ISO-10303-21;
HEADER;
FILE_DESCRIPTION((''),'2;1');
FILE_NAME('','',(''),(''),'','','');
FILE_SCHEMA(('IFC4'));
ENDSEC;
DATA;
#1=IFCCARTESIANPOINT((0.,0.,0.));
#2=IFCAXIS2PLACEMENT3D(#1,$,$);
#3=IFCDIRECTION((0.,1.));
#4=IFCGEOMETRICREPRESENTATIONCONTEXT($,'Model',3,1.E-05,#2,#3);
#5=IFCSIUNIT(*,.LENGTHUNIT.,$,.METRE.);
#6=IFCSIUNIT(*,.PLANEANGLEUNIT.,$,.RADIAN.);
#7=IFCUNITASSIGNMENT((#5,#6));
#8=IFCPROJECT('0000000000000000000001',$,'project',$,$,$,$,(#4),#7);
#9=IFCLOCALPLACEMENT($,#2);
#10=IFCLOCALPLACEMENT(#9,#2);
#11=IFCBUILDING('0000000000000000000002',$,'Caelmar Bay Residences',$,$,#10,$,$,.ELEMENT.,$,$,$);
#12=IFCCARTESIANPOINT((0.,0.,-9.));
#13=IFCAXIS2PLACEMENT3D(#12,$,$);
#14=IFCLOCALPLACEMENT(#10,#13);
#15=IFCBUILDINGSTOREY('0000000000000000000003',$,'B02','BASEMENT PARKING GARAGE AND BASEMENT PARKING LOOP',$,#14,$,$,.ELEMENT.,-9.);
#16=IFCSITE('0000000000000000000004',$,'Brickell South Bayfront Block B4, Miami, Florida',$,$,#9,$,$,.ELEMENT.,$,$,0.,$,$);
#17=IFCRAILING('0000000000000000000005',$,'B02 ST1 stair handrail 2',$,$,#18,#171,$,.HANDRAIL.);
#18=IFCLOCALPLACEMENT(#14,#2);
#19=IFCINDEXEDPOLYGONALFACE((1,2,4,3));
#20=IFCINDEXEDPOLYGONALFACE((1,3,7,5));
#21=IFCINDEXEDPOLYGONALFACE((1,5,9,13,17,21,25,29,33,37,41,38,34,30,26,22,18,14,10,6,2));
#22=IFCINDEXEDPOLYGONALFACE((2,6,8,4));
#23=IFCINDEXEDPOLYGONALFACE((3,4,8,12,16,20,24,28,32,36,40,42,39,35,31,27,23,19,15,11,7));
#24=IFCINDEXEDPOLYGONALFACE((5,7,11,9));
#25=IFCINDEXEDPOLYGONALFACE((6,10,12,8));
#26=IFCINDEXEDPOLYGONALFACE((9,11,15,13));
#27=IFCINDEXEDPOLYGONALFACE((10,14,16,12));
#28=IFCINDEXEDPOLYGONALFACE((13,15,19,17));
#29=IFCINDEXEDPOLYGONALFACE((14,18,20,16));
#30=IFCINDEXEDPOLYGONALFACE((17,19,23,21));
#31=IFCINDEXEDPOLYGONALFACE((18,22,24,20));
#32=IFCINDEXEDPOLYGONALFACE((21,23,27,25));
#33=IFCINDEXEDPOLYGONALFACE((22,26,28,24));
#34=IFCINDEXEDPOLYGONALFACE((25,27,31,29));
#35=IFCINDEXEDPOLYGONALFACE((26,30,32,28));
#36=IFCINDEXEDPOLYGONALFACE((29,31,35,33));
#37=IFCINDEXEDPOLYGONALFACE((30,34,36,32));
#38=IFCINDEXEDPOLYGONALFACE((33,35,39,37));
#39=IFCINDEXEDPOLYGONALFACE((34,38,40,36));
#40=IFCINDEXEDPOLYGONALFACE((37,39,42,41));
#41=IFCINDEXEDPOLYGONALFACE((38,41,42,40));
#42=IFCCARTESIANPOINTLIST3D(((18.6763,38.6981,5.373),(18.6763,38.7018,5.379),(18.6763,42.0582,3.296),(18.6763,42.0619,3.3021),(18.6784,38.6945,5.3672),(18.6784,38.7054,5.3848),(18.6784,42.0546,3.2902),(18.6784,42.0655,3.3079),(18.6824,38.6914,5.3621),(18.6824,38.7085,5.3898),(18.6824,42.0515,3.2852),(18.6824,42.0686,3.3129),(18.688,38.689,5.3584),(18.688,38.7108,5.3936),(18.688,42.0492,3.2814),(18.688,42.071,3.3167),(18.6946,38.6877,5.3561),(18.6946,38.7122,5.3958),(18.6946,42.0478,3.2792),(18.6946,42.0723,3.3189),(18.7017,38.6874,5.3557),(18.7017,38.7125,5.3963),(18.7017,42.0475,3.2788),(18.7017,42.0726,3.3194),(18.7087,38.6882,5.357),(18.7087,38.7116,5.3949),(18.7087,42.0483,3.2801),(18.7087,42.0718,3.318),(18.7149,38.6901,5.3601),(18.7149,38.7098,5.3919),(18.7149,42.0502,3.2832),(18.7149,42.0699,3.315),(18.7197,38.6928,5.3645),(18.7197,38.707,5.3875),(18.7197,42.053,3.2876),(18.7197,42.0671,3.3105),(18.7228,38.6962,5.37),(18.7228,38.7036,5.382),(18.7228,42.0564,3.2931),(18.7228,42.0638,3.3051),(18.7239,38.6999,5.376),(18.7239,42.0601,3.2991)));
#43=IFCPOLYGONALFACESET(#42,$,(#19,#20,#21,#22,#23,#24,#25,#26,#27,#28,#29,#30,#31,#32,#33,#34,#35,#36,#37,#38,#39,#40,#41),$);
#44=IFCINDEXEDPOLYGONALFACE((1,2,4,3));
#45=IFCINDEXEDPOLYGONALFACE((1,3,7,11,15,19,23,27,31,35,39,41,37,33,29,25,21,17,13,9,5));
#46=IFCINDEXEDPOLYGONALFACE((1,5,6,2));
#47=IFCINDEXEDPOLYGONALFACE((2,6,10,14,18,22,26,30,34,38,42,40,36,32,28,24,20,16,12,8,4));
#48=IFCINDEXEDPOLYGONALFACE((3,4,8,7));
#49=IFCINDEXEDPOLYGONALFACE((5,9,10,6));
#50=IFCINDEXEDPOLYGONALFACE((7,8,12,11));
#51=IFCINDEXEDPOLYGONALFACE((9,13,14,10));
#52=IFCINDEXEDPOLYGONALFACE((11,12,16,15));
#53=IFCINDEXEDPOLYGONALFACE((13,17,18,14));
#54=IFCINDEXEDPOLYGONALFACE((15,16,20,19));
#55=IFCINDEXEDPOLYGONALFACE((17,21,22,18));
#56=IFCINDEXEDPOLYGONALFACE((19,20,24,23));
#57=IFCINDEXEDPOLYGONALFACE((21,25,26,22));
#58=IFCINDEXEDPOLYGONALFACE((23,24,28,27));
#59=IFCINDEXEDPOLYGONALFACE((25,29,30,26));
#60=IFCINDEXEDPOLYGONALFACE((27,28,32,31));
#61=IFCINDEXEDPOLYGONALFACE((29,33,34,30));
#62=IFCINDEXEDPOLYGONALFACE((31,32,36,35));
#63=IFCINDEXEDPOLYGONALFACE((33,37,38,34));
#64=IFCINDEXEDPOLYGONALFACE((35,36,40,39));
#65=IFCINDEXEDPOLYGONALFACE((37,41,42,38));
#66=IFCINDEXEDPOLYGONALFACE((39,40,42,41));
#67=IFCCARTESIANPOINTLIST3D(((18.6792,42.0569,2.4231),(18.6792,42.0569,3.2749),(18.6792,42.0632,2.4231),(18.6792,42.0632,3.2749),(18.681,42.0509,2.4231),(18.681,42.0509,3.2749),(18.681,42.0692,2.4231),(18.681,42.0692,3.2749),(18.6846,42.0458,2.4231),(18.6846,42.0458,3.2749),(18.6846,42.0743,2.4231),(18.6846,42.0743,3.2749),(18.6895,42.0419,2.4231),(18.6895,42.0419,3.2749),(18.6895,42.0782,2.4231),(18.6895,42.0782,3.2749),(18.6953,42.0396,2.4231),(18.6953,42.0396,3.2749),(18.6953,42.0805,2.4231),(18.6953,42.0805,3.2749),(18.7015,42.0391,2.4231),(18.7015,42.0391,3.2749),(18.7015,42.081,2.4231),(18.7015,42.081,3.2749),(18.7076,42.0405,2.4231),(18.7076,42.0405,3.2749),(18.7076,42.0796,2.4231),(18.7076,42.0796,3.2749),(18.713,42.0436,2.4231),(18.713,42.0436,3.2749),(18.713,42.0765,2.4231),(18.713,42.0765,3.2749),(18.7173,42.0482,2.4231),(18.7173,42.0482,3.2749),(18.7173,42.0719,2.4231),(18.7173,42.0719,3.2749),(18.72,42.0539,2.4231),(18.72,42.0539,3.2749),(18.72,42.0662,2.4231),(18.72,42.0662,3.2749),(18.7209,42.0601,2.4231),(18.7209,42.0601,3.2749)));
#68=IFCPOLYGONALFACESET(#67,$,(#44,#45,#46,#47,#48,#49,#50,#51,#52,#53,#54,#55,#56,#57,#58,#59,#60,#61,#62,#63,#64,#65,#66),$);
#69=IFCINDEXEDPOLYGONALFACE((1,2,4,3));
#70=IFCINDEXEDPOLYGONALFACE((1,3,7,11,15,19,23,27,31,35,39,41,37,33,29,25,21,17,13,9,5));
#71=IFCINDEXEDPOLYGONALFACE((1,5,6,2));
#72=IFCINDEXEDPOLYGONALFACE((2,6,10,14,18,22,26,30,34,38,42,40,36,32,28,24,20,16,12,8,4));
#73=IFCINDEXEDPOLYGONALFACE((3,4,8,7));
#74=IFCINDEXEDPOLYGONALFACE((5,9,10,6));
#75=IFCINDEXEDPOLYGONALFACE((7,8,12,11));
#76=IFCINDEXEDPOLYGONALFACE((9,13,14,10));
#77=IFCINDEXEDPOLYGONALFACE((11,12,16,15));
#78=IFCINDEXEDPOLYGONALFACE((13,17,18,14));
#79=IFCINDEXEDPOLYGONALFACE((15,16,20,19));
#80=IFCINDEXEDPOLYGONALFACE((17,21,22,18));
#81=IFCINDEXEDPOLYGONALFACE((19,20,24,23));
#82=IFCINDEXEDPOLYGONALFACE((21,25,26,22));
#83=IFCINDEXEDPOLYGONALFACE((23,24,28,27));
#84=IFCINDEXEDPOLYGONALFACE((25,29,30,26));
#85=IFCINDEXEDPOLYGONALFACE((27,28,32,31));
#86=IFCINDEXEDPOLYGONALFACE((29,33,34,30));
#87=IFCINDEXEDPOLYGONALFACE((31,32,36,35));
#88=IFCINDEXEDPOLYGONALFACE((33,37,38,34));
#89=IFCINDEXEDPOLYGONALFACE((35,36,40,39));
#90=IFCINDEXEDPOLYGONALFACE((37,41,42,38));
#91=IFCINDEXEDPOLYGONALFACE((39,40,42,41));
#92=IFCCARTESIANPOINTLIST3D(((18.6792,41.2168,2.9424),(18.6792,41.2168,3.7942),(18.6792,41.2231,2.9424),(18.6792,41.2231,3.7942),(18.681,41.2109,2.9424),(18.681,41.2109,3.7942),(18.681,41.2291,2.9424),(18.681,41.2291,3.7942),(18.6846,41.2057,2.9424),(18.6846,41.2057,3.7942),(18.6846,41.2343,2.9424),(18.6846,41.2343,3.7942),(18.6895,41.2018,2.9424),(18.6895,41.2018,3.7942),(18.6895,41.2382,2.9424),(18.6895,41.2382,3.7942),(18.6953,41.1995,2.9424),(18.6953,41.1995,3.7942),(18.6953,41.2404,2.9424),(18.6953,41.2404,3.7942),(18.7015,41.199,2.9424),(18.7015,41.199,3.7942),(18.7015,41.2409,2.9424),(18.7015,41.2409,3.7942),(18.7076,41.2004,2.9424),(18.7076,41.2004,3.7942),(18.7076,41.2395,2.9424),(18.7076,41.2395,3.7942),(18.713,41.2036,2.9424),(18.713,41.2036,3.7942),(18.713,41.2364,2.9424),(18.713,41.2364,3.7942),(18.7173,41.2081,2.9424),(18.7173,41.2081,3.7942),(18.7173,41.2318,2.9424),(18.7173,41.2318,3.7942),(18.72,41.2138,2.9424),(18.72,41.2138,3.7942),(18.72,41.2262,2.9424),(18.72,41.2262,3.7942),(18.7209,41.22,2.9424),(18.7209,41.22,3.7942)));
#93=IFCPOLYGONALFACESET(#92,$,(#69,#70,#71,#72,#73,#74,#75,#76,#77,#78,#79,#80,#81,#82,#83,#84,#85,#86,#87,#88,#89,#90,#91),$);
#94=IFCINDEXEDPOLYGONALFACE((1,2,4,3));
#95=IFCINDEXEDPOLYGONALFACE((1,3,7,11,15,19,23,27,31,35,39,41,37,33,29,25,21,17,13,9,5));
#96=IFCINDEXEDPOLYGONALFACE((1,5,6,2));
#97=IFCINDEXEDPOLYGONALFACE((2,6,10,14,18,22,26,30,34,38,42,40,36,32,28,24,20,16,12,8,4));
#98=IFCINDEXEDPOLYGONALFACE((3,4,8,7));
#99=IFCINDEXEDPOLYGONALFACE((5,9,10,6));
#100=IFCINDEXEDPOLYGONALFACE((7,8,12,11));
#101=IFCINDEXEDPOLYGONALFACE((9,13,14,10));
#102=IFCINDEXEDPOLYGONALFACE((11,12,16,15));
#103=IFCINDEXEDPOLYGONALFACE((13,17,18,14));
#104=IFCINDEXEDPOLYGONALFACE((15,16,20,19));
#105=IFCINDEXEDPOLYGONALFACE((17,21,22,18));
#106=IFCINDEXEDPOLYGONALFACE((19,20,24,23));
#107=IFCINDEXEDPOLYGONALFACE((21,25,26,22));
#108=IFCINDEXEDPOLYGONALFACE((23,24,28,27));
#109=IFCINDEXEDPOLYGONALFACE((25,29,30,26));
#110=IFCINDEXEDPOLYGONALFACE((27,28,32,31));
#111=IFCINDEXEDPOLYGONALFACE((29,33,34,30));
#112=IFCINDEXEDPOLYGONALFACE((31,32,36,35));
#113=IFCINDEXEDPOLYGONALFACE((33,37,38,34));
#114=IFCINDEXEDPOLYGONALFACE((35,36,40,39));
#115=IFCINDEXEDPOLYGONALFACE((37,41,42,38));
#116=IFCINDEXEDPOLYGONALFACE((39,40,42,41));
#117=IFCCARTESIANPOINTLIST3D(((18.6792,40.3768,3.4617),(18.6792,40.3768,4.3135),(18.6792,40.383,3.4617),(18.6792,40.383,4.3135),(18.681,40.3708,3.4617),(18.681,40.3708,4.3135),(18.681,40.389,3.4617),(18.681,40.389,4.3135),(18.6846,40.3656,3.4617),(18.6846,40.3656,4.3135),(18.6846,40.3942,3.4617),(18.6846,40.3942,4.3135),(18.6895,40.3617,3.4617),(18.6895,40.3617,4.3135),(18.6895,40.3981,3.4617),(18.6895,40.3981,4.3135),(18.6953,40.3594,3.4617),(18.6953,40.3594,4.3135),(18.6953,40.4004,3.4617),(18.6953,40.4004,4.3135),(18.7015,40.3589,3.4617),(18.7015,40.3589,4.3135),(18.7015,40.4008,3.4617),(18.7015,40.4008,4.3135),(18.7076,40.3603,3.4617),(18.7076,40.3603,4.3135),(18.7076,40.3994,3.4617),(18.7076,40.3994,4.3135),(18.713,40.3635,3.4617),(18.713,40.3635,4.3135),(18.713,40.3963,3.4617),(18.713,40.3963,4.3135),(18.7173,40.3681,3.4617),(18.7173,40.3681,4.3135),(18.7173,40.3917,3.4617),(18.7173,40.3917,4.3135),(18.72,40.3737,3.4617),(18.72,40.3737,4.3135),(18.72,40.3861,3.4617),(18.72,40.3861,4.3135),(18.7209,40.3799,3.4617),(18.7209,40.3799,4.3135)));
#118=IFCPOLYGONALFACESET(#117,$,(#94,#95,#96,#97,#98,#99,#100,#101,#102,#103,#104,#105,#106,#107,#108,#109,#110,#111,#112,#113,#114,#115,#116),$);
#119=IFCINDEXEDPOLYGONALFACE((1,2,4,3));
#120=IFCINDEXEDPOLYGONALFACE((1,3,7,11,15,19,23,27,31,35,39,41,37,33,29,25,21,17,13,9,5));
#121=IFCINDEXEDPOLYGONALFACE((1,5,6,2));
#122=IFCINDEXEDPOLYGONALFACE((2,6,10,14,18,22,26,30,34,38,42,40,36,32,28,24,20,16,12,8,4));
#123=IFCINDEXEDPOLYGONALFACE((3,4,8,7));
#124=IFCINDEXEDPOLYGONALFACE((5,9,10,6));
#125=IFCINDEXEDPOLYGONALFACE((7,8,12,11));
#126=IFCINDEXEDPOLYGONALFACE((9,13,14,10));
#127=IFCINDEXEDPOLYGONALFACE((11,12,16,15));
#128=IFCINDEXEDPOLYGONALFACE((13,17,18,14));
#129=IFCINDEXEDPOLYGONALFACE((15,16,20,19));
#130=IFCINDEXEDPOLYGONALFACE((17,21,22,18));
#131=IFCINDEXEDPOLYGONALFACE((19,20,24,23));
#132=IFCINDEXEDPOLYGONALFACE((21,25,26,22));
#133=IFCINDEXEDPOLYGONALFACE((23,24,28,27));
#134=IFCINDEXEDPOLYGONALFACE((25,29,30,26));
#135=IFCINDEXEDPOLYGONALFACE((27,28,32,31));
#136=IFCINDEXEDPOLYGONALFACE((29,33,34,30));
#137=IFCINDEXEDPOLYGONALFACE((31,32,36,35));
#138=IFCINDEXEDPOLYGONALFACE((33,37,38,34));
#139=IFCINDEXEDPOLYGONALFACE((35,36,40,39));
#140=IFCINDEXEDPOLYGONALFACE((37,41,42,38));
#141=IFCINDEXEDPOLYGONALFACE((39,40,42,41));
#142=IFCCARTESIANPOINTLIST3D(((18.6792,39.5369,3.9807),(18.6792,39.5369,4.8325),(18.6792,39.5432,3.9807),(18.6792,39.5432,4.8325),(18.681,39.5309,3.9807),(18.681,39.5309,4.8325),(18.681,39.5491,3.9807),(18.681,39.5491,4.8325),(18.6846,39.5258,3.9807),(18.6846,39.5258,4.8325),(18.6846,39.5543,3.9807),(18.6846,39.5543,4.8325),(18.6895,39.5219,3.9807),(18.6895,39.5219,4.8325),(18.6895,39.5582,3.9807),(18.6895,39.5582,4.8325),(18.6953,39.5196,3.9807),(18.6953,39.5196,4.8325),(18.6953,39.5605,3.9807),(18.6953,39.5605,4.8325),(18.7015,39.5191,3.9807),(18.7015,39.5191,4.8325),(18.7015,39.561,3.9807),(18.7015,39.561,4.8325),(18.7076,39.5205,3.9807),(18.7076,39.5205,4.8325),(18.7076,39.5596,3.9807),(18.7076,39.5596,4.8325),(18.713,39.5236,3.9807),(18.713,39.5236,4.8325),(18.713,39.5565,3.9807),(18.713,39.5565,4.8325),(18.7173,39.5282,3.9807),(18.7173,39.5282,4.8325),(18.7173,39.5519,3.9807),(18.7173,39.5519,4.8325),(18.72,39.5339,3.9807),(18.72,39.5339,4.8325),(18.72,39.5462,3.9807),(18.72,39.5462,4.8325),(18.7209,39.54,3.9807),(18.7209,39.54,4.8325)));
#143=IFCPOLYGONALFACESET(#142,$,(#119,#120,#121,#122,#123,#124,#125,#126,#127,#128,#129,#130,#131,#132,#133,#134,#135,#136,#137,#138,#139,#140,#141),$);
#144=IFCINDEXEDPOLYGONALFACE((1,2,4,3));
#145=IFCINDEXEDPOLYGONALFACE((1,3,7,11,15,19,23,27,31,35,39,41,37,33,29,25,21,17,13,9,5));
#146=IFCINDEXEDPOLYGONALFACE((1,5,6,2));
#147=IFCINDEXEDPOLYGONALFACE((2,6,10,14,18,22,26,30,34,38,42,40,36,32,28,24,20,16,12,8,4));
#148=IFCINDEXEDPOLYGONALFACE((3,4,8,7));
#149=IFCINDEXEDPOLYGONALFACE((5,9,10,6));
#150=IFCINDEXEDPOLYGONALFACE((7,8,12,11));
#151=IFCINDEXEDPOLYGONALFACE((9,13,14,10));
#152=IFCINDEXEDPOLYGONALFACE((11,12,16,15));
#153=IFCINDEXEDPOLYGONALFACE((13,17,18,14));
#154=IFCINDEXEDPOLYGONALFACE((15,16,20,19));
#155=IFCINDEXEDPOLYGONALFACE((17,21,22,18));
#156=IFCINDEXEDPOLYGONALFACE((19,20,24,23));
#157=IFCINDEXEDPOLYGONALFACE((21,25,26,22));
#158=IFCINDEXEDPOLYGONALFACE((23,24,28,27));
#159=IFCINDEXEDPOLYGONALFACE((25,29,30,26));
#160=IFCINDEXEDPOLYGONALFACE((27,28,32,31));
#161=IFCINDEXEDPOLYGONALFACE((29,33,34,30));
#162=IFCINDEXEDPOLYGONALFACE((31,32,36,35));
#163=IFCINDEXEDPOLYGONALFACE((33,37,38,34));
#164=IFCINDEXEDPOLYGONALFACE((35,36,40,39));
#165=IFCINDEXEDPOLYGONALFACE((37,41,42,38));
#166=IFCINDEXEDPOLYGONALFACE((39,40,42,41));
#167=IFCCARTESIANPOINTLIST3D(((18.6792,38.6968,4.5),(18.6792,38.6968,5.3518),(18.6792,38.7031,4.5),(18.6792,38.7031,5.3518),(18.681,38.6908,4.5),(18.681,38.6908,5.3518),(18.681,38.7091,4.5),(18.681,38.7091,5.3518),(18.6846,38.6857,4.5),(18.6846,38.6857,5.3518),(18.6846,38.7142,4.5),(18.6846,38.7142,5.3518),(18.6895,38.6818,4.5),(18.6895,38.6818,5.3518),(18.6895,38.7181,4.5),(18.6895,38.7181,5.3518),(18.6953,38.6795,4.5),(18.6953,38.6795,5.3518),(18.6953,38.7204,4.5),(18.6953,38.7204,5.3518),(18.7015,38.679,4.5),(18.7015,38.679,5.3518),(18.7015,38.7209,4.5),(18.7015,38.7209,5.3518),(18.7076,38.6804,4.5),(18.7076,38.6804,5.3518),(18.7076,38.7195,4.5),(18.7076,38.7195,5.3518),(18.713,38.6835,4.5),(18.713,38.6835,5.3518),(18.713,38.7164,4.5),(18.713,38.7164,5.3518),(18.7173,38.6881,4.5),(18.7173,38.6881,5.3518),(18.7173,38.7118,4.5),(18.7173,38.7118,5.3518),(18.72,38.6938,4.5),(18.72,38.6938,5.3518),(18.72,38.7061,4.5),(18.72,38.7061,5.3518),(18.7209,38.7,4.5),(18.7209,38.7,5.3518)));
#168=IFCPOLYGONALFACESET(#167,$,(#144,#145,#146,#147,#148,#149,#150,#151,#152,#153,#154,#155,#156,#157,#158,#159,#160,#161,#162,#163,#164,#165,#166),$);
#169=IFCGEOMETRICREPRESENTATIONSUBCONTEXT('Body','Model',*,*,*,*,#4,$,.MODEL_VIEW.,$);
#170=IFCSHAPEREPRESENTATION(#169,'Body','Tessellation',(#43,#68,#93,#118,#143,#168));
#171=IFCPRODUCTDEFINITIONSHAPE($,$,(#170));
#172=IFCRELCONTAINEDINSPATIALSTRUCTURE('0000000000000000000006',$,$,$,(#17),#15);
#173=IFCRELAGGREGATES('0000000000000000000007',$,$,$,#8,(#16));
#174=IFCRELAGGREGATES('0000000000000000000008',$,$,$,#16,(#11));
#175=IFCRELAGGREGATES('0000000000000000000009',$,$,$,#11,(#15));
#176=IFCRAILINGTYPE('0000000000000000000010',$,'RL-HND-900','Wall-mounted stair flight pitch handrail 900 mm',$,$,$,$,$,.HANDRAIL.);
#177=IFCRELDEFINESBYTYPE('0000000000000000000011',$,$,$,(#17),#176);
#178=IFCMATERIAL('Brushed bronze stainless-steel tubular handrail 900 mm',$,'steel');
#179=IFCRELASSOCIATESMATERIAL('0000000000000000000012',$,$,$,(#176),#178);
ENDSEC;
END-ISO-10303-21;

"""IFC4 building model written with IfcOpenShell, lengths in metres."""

from ifc_helpers import new_model, si_unit, direction, frame, origin, origin_2d, place, context, subcontext, project, spatial, circle, extrude, material, type_object, element, save


model = new_model("IFC4")

# Units and contexts
model_context = context("Model", 3, precision=1e-05, world=origin(), true_north=direction((0.0, 1.0)))
body_context = subcontext(model_context, "Body", "Model", "MODEL_VIEW")
ifc_project = project(units=[si_unit("LENGTHUNIT", "METRE"), si_unit("PLANEANGLEUNIT", "RADIAN")], contexts=[model_context])

# Site, building, storey
site_placement = place(None, origin())
site = spatial("IfcSite", under=ifc_project, at=site_placement, Name="Brickell South Bayfront Block B4, Miami, Florida", CompositionType="ELEMENT", RefElevation=0.0)
building_placement = place(site_placement, origin())
building = spatial("IfcBuilding", under=site, at=building_placement, Name="Caelmar Bay Residences", CompositionType="ELEMENT")
storey_placement = place(building_placement, frame((0.0, 0.0, -9.0)))
storey = spatial("IfcBuildingStorey", under=building, at=storey_placement, Name="B02", Description="BASEMENT PARKING GARAGE AND BASEMENT PARKING LOOP", CompositionType="ELEMENT", Elevation=-9.0)

# Railing
ifc_material_1 = material(Name="Brushed bronze stainless-steel tubular handrail 900 mm", Category="steel")
railing_type_1 = type_object("IfcRailingType", Name="RL-HND-900", Description="Wall-mounted stair flight pitch handrail 900 mm", PredefinedType="HANDRAIL", material=ifc_material_1)
railing_1_placement = place(storey_placement, frame((18.7, 42.0601, 2.4231)))
element("IfcRailing", 1, at=railing_1_placement, inside=storey, type_object=railing_type_1, Name="B02 ST1 stair handrail 2", PredefinedType="HANDRAIL", context=body_context, shape_type="SweptSolid", body=[
    extrude(circle(Radius=0.0239, at=origin_2d()), frame((0.0, 0.0, 0.876), z_axis=(0.0, -0.850623, 0.525776), x_axis=(1.0, 0.0, 0.0)), (0.0, 0.0, 1.0), 3.9502),
    extrude(circle(Radius=0.021, at=origin_2d()), origin(), (0.0, 0.0, 1.0), 0.8518),
    extrude(circle(Radius=0.021, at=origin_2d()), frame((0.0, -0.8401, 0.5193)), (0.0, 0.0, 1.0), 0.8518),
    extrude(circle(Radius=0.021, at=origin_2d()), frame((0.0, -1.6802, 1.0386)), (0.0, 0.0, 1.0), 0.8518),
    extrude(circle(Radius=0.021, at=origin_2d()), frame((0.0, -2.52, 1.5576)), (0.0, 0.0, 1.0), 0.8518),
    extrude(circle(Radius=0.021, at=origin_2d()), frame((0.0, -3.3601, 2.0769)), (0.0, 0.0, 1.0), 0.8518),
])

save(model, "model.ifc")
